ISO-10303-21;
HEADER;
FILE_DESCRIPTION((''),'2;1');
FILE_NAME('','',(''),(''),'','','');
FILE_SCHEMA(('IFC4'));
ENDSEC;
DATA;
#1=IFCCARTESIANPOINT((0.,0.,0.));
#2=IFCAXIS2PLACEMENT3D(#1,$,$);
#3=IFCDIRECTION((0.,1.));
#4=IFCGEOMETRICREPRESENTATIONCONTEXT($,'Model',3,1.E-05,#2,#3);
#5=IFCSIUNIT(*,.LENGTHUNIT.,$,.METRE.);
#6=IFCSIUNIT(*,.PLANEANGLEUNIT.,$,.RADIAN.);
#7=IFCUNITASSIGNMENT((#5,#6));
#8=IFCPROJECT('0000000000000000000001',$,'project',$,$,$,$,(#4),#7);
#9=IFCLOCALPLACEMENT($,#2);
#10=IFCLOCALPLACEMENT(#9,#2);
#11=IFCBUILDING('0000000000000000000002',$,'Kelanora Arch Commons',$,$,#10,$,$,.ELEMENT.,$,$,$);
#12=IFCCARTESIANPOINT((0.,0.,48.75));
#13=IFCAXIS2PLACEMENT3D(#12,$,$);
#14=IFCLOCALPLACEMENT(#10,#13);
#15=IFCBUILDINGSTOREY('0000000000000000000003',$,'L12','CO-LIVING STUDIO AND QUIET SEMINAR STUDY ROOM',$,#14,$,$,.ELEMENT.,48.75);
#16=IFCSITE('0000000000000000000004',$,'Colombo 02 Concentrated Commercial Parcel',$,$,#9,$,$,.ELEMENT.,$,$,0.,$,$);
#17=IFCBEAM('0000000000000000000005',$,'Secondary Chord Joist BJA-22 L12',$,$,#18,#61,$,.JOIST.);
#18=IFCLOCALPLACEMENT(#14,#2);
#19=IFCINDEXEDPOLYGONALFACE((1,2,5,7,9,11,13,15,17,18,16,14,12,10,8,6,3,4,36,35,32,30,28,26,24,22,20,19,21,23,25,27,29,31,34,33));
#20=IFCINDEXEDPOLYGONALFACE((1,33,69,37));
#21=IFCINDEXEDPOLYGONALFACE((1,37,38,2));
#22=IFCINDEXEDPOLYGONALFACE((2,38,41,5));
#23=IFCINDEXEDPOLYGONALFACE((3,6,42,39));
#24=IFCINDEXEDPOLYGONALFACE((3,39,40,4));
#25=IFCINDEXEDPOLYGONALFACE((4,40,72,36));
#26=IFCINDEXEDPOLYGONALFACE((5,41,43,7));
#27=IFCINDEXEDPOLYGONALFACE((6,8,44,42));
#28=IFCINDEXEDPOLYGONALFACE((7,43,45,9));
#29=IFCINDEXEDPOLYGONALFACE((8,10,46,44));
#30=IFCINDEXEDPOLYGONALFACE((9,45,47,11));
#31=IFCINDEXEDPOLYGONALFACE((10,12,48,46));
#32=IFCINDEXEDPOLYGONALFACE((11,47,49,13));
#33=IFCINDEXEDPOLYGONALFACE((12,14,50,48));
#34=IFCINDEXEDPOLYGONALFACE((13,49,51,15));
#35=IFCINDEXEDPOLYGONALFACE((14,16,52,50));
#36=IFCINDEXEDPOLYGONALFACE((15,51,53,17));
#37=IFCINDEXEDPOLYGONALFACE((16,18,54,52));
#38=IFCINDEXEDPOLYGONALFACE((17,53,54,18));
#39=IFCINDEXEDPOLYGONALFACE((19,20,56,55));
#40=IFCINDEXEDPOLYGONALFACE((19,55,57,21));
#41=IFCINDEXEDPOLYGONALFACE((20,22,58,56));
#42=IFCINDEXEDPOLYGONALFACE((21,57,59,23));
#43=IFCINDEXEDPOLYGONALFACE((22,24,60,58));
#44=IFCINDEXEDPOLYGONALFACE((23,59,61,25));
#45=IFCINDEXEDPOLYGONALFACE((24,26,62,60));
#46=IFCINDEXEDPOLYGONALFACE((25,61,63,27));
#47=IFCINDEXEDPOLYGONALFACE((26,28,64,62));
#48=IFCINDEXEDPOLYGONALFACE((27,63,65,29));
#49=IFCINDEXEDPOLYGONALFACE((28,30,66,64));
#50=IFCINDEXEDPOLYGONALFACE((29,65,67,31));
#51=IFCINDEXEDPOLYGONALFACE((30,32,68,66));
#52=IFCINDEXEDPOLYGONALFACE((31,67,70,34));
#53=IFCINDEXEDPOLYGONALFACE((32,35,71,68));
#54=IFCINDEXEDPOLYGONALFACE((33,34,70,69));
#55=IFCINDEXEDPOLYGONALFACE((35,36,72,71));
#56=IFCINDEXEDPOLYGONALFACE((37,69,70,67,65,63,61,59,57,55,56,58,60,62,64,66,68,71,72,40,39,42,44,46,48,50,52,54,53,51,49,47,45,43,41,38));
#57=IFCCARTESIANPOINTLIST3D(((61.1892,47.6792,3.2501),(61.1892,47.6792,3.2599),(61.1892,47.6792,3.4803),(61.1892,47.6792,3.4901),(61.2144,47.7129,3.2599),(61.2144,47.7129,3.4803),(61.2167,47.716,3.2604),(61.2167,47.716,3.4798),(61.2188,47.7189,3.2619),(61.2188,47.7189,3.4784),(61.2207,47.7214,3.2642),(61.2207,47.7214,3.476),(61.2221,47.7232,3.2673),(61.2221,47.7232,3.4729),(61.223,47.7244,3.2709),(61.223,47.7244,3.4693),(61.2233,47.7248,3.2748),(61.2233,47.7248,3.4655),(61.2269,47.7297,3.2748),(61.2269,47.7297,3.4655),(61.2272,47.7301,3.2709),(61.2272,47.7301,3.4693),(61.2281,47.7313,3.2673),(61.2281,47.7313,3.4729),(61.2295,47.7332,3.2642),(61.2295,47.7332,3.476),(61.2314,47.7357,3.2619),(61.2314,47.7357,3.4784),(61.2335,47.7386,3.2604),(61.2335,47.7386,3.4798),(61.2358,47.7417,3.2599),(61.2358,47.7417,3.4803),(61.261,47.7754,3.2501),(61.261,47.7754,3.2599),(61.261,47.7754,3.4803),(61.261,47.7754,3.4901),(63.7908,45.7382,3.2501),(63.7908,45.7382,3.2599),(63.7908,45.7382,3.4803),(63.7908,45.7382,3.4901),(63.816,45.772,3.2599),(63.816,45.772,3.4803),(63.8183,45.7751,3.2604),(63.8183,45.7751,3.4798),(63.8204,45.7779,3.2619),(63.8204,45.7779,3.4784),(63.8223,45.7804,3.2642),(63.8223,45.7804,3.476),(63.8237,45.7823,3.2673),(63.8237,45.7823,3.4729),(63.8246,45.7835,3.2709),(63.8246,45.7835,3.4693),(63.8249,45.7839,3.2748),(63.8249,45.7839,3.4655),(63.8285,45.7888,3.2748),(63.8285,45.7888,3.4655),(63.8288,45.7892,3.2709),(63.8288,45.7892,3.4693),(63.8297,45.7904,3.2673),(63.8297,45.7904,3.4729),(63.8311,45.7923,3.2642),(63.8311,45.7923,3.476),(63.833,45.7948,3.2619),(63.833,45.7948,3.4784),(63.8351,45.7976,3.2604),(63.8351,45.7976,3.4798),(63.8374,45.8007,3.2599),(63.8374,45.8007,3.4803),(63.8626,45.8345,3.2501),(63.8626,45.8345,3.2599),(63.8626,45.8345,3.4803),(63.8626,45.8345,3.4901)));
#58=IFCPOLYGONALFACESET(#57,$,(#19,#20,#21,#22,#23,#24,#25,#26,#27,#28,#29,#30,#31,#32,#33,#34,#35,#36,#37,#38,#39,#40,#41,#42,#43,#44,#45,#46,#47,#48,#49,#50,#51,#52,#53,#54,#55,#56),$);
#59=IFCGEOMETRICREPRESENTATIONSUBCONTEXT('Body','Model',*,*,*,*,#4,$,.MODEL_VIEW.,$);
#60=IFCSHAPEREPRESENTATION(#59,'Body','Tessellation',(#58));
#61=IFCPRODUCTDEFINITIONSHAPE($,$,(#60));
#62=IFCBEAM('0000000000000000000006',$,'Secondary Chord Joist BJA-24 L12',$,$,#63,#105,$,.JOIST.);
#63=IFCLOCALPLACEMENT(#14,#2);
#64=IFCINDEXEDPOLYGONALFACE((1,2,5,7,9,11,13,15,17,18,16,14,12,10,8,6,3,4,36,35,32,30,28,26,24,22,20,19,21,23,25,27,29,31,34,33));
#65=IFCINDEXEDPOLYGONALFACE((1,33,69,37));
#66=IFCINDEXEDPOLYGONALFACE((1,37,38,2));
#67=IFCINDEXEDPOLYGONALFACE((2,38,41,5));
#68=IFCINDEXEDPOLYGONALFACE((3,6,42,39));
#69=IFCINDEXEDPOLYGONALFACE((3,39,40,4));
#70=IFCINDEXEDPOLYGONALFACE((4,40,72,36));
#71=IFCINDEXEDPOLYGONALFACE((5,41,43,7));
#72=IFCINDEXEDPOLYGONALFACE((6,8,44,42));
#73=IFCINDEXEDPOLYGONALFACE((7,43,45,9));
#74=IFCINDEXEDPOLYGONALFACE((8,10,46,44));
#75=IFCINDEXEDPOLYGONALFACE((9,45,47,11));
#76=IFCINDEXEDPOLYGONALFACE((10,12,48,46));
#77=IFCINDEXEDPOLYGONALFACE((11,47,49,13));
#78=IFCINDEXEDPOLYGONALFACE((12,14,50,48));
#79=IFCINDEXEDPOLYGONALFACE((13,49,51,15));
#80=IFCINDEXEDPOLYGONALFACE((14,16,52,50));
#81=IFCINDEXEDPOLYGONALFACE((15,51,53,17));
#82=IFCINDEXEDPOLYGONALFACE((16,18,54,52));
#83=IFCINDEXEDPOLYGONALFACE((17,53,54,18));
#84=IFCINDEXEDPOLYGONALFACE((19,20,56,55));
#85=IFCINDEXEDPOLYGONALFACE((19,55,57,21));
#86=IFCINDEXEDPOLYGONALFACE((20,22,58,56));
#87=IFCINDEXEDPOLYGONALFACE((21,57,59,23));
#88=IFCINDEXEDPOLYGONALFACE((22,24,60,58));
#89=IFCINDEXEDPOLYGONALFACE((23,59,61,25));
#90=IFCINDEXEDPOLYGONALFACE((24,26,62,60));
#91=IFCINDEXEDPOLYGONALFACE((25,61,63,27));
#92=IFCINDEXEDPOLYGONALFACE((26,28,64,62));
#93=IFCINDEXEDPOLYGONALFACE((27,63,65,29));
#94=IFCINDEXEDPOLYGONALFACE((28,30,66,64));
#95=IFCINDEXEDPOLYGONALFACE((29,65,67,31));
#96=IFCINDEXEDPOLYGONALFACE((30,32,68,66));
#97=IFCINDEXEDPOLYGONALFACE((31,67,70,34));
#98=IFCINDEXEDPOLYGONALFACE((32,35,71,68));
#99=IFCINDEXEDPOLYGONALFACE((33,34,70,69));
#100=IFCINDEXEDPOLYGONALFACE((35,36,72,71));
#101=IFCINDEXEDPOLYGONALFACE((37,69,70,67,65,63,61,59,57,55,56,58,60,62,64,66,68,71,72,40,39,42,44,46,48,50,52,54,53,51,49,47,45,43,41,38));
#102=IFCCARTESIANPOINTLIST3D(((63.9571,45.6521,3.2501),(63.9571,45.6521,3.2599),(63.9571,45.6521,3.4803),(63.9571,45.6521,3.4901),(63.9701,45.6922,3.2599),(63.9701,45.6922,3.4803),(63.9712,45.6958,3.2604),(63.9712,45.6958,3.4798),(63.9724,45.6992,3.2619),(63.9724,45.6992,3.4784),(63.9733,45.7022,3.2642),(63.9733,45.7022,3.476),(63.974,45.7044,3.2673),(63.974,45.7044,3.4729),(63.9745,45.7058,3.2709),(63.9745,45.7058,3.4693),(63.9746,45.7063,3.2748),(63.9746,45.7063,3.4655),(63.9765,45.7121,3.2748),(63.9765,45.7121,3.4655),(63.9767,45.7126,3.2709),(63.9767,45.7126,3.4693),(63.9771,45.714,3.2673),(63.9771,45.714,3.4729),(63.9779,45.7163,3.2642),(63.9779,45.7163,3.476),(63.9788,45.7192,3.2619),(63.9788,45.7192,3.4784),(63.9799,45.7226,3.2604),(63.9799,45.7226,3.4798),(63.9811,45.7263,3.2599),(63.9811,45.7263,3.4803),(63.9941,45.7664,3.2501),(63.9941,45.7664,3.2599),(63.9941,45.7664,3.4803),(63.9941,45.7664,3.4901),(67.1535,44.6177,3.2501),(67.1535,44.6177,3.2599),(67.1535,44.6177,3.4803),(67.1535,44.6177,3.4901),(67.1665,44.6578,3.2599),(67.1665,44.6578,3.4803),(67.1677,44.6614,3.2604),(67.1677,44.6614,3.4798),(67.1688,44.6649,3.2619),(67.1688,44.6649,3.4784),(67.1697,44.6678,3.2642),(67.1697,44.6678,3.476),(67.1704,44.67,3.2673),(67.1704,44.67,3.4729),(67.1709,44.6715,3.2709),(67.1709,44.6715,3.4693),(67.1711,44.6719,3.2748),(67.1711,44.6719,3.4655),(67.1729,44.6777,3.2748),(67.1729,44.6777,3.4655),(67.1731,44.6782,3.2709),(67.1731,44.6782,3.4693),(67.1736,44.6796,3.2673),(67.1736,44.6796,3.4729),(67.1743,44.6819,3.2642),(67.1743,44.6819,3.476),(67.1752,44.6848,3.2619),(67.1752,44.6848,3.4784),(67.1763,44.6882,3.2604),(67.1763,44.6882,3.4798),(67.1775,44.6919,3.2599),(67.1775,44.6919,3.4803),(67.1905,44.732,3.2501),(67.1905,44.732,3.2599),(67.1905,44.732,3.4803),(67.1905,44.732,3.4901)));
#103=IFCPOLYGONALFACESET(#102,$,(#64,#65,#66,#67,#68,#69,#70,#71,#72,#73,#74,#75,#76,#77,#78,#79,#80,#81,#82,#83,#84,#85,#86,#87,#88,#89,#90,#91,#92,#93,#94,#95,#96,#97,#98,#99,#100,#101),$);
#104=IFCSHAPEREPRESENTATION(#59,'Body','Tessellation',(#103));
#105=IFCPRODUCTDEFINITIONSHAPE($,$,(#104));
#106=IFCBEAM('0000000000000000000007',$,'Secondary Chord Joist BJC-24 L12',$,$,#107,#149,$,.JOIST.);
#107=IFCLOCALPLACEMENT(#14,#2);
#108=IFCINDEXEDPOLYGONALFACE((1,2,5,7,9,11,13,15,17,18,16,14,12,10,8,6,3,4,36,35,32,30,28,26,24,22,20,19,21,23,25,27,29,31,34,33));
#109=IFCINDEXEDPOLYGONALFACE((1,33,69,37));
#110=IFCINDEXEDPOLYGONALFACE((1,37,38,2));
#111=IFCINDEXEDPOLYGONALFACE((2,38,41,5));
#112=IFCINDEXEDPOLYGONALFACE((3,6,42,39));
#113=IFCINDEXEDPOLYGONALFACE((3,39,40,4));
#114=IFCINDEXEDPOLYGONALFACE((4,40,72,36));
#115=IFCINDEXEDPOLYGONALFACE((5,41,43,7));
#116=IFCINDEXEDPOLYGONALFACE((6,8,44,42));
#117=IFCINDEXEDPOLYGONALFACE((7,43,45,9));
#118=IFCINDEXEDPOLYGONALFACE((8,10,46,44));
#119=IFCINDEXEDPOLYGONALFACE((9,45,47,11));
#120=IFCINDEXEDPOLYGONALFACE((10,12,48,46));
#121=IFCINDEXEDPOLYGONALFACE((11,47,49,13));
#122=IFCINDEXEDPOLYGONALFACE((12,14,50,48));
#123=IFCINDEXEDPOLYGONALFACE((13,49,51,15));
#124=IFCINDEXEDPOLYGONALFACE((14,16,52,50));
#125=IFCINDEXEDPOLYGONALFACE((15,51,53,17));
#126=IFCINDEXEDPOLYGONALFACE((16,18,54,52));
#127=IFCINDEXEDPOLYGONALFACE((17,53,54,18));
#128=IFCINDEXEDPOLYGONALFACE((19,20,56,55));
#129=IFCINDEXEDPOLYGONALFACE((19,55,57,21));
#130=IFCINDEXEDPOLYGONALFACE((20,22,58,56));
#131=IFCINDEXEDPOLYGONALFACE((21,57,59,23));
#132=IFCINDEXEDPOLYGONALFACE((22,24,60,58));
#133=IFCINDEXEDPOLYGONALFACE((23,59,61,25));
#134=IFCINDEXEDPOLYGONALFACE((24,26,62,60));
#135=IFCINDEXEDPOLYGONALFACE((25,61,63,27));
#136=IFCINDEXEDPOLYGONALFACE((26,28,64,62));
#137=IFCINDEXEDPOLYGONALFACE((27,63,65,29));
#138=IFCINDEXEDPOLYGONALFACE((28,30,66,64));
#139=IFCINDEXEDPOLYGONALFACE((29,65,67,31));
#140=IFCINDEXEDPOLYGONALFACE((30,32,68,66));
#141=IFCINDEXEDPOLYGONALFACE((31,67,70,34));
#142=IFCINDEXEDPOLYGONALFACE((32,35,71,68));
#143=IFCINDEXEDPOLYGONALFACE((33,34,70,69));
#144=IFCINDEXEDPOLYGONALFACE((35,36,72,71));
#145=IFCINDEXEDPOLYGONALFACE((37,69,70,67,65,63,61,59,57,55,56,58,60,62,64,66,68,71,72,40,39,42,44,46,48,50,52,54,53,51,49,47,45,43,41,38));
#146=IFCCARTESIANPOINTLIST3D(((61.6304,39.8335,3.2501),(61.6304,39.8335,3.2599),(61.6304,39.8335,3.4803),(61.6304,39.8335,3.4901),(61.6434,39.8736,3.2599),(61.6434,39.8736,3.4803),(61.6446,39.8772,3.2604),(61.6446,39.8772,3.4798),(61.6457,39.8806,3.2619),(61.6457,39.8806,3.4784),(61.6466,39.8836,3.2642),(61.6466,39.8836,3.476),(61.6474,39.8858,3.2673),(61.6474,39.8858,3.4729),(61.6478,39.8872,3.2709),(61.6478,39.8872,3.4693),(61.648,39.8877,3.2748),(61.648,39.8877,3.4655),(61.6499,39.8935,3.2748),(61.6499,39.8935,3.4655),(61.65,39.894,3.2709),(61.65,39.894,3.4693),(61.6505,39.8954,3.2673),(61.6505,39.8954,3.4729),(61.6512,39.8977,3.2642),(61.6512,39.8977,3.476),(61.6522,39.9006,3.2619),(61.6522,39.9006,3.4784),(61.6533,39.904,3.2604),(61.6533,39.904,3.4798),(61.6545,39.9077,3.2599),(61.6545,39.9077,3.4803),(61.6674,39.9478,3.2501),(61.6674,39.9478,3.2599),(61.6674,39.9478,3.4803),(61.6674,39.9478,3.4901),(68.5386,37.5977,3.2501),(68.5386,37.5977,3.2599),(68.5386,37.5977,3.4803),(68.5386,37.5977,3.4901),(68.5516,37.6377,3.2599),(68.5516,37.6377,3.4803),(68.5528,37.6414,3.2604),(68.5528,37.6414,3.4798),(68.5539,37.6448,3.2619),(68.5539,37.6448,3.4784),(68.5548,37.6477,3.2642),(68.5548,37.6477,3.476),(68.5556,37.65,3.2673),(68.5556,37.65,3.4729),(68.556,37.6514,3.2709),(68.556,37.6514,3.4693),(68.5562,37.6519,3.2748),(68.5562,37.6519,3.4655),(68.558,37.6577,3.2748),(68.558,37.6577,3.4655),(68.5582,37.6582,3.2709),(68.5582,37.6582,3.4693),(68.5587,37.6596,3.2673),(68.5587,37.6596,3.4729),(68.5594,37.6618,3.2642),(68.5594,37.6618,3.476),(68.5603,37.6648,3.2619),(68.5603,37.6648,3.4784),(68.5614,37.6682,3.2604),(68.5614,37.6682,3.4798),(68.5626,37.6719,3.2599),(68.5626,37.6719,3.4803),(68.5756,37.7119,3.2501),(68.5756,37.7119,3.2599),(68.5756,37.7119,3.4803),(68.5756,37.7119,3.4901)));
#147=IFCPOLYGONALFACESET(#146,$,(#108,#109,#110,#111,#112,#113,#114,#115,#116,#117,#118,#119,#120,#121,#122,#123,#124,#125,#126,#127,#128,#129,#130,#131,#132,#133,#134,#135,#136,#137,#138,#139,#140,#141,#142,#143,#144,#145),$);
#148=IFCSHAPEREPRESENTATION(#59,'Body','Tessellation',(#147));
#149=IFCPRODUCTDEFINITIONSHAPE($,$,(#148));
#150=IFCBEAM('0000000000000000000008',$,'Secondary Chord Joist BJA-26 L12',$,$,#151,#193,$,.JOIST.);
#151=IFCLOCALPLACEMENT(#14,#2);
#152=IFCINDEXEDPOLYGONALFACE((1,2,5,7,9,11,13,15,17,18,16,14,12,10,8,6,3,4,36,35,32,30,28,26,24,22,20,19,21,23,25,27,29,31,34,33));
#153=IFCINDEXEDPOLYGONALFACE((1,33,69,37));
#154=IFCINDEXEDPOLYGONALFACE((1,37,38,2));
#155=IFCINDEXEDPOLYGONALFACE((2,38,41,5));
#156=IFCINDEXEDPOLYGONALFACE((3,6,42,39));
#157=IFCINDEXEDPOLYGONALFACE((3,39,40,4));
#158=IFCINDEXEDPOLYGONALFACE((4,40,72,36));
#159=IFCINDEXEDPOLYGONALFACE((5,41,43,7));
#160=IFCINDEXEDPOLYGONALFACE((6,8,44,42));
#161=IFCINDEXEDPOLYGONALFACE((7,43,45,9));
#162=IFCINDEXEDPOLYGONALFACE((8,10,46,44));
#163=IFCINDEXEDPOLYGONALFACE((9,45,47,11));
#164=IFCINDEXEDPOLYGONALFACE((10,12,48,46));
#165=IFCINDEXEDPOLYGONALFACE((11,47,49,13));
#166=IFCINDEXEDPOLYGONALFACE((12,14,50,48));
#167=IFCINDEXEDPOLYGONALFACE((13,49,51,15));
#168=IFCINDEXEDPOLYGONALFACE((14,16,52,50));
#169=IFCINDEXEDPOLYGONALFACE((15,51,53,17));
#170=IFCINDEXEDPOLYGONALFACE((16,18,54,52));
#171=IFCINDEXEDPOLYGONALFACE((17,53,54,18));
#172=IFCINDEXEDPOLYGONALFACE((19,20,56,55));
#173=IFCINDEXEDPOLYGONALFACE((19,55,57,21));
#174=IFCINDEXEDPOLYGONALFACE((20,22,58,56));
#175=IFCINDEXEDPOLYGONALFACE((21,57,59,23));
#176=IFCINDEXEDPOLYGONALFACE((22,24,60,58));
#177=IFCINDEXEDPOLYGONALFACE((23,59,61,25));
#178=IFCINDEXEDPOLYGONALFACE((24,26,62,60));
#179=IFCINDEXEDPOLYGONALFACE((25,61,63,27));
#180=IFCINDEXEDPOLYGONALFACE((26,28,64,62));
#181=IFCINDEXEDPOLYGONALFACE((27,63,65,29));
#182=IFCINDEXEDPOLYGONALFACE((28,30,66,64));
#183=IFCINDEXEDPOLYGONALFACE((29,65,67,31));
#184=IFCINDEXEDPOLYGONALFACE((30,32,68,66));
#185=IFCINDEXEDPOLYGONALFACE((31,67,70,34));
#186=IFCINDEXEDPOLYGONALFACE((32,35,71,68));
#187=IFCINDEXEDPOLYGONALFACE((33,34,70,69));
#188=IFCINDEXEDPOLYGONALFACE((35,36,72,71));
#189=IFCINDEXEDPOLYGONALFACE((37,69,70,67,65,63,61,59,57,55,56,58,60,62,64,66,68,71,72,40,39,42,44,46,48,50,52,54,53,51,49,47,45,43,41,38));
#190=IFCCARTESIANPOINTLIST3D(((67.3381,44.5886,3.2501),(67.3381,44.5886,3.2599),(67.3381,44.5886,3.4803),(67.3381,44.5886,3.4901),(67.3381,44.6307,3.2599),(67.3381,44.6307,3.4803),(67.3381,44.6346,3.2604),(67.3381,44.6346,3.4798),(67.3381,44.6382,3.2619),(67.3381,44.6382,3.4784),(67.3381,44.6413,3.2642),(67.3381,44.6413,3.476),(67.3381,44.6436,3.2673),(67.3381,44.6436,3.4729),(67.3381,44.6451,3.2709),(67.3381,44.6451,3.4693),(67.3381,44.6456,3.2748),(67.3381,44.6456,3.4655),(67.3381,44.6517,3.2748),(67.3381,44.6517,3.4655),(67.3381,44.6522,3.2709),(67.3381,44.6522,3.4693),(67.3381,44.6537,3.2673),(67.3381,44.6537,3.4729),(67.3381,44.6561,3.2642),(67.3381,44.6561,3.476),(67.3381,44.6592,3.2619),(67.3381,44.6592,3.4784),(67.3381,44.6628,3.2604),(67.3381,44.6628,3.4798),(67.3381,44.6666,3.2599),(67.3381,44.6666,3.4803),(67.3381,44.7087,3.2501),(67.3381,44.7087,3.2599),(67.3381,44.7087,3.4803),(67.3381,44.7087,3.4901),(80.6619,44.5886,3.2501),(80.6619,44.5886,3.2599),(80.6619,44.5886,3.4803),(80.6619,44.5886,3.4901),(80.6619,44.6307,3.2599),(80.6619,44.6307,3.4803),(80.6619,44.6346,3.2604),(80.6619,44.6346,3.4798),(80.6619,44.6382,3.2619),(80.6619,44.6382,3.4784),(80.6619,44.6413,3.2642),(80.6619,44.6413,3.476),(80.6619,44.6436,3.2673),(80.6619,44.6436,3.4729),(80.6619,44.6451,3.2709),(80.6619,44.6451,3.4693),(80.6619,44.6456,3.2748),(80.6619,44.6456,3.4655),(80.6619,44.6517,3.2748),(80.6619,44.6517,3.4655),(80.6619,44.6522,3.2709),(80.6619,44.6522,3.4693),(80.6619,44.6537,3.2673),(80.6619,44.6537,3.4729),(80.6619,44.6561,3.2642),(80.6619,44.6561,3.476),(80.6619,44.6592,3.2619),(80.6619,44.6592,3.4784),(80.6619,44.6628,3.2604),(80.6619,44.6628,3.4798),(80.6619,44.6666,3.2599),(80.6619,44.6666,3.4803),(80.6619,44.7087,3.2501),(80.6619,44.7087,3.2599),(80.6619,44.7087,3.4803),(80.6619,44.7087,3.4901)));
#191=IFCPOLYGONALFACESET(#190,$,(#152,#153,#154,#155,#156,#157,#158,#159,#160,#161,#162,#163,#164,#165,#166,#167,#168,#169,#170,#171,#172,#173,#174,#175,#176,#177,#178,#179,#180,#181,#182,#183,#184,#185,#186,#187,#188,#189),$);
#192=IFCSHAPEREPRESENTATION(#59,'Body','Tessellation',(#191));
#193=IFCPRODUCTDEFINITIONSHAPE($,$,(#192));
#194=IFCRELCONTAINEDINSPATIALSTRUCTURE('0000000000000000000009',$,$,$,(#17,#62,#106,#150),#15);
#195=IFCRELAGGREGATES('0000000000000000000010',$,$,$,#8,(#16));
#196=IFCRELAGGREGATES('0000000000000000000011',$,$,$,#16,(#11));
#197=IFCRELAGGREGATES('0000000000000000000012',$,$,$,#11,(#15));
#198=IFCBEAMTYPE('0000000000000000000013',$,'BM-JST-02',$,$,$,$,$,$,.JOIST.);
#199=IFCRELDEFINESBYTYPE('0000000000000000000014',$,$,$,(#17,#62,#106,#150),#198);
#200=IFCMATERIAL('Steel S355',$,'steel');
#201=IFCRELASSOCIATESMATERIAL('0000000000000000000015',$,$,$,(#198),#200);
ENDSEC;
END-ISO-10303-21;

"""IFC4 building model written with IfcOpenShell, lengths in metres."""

from ifc_helpers import new_model, si_unit, direction, frame, origin, origin_2d, place, context, subcontext, project, spatial, i_section, extrude, material, material_profile, profile_set, type_object, element, save


model = new_model("IFC4")

# Units and contexts
model_context = context("Model", 3, precision=1e-05, world=origin(), true_north=direction((0.0, 1.0)))
body_context = subcontext(model_context, "Body", "Model", "MODEL_VIEW")
ifc_project = project(units=[si_unit("LENGTHUNIT", "METRE"), si_unit("PLANEANGLEUNIT", "RADIAN")], contexts=[model_context])

# Site, building, storey
site_placement = place(None, origin())
site = spatial("IfcSite", under=ifc_project, at=site_placement, Name="Colombo 02 Concentrated Commercial Parcel", CompositionType="ELEMENT", RefElevation=0.0)
building_placement = place(site_placement, origin())
building = spatial("IfcBuilding", under=site, at=building_placement, Name="Kelanora Arch Commons", CompositionType="ELEMENT")
storey_placement = place(building_placement, frame((0.0, 0.0, 48.75)))
storey = spatial("IfcBuildingStorey", under=building, at=storey_placement, Name="L12", Description="CO-LIVING STUDIO AND QUIET SEMINAR STUDY ROOM", CompositionType="ELEMENT", Elevation=48.75)

# Beams
ifc_material_1 = material(Name="Steel S355", Category="steel")
ifc_material_profile_1 = material_profile(ifc_material_1, i_section(OverallWidth=0.1201, OverallDepth=0.24, WebThickness=0.0061, FlangeThickness=0.0098, FilletRadius=0.0149, at=origin_2d()), Name="IPE240")
ifc_profile_set_1 = profile_set([ifc_material_profile_1], Name="Steel S355")
beam_type_1 = type_object("IfcBeamType", Name="BM-JST-02", PredefinedType="JOIST", material=ifc_profile_set_1)
beam_1_placement = place(storey_placement, frame((61.2251, 47.7273, 3.3701), z_axis=(0.801514, -0.597976, 0.0), x_axis=(0.597976, 0.801514, 0.0)))
element("IfcBeam", 1, at=beam_1_placement, inside=storey, type_object=beam_type_1, Name="Secondary Chord Joist BJA-22 L12", PredefinedType="JOIST", context=body_context, shape_type="SweptSolid", body=[
    extrude(i_section(OverallWidth=0.1201, OverallDepth=0.24, WebThickness=0.0061, FlangeThickness=0.0098, FilletRadius=0.0149, at=origin_2d()), origin(), (0.0, 0.0, 1.0), 3.2458),
])
beam_2_placement = place(storey_placement, frame((63.9756, 45.7092, 3.3701), z_axis=(0.951423, -0.307888, 0.0), x_axis=(0.307888, 0.951423, 0.0)))
element("IfcBeam", 2, at=beam_2_placement, inside=storey, type_object=beam_type_1, Name="Secondary Chord Joist BJA-24 L12", PredefinedType="JOIST", context=body_context, shape_type="SweptSolid", body=[
    extrude(i_section(OverallWidth=0.1201, OverallDepth=0.24, WebThickness=0.0061, FlangeThickness=0.0098, FilletRadius=0.0149, at=origin_2d()), origin(), (0.0, 0.0, 1.0), 3.3596),
])
beam_3_placement = place(storey_placement, frame((61.6489, 39.8906, 3.3701), z_axis=(0.951411, -0.307924, 0.0), x_axis=(0.307924, 0.951411, 0.0)))
element("IfcBeam", 3, at=beam_3_placement, inside=storey, type_object=beam_type_1, Name="Secondary Chord Joist BJC-24 L12", PredefinedType="JOIST", context=body_context, shape_type="SweptSolid", body=[
    extrude(i_section(OverallWidth=0.1201, OverallDepth=0.24, WebThickness=0.0061, FlangeThickness=0.0098, FilletRadius=0.0149, at=origin_2d()), origin(), (0.0, 0.0, 1.0), 7.261),
])
beam_4_placement = place(storey_placement, frame((67.3381, 44.6487, 3.3701), z_axis=(1.0, 0.0, 0.0), x_axis=(0.0, 1.0, 0.0)))
element("IfcBeam", 4, at=beam_4_placement, inside=storey, type_object=beam_type_1, Name="Secondary Chord Joist BJA-26 L12", PredefinedType="JOIST", context=body_context, shape_type="SweptSolid", body=[
    extrude(i_section(OverallWidth=0.1201, OverallDepth=0.24, WebThickness=0.0061, FlangeThickness=0.0098, FilletRadius=0.0149, at=origin_2d()), origin(), (0.0, 0.0, 1.0), 13.3237),
])

save(model, "model.ifc")
